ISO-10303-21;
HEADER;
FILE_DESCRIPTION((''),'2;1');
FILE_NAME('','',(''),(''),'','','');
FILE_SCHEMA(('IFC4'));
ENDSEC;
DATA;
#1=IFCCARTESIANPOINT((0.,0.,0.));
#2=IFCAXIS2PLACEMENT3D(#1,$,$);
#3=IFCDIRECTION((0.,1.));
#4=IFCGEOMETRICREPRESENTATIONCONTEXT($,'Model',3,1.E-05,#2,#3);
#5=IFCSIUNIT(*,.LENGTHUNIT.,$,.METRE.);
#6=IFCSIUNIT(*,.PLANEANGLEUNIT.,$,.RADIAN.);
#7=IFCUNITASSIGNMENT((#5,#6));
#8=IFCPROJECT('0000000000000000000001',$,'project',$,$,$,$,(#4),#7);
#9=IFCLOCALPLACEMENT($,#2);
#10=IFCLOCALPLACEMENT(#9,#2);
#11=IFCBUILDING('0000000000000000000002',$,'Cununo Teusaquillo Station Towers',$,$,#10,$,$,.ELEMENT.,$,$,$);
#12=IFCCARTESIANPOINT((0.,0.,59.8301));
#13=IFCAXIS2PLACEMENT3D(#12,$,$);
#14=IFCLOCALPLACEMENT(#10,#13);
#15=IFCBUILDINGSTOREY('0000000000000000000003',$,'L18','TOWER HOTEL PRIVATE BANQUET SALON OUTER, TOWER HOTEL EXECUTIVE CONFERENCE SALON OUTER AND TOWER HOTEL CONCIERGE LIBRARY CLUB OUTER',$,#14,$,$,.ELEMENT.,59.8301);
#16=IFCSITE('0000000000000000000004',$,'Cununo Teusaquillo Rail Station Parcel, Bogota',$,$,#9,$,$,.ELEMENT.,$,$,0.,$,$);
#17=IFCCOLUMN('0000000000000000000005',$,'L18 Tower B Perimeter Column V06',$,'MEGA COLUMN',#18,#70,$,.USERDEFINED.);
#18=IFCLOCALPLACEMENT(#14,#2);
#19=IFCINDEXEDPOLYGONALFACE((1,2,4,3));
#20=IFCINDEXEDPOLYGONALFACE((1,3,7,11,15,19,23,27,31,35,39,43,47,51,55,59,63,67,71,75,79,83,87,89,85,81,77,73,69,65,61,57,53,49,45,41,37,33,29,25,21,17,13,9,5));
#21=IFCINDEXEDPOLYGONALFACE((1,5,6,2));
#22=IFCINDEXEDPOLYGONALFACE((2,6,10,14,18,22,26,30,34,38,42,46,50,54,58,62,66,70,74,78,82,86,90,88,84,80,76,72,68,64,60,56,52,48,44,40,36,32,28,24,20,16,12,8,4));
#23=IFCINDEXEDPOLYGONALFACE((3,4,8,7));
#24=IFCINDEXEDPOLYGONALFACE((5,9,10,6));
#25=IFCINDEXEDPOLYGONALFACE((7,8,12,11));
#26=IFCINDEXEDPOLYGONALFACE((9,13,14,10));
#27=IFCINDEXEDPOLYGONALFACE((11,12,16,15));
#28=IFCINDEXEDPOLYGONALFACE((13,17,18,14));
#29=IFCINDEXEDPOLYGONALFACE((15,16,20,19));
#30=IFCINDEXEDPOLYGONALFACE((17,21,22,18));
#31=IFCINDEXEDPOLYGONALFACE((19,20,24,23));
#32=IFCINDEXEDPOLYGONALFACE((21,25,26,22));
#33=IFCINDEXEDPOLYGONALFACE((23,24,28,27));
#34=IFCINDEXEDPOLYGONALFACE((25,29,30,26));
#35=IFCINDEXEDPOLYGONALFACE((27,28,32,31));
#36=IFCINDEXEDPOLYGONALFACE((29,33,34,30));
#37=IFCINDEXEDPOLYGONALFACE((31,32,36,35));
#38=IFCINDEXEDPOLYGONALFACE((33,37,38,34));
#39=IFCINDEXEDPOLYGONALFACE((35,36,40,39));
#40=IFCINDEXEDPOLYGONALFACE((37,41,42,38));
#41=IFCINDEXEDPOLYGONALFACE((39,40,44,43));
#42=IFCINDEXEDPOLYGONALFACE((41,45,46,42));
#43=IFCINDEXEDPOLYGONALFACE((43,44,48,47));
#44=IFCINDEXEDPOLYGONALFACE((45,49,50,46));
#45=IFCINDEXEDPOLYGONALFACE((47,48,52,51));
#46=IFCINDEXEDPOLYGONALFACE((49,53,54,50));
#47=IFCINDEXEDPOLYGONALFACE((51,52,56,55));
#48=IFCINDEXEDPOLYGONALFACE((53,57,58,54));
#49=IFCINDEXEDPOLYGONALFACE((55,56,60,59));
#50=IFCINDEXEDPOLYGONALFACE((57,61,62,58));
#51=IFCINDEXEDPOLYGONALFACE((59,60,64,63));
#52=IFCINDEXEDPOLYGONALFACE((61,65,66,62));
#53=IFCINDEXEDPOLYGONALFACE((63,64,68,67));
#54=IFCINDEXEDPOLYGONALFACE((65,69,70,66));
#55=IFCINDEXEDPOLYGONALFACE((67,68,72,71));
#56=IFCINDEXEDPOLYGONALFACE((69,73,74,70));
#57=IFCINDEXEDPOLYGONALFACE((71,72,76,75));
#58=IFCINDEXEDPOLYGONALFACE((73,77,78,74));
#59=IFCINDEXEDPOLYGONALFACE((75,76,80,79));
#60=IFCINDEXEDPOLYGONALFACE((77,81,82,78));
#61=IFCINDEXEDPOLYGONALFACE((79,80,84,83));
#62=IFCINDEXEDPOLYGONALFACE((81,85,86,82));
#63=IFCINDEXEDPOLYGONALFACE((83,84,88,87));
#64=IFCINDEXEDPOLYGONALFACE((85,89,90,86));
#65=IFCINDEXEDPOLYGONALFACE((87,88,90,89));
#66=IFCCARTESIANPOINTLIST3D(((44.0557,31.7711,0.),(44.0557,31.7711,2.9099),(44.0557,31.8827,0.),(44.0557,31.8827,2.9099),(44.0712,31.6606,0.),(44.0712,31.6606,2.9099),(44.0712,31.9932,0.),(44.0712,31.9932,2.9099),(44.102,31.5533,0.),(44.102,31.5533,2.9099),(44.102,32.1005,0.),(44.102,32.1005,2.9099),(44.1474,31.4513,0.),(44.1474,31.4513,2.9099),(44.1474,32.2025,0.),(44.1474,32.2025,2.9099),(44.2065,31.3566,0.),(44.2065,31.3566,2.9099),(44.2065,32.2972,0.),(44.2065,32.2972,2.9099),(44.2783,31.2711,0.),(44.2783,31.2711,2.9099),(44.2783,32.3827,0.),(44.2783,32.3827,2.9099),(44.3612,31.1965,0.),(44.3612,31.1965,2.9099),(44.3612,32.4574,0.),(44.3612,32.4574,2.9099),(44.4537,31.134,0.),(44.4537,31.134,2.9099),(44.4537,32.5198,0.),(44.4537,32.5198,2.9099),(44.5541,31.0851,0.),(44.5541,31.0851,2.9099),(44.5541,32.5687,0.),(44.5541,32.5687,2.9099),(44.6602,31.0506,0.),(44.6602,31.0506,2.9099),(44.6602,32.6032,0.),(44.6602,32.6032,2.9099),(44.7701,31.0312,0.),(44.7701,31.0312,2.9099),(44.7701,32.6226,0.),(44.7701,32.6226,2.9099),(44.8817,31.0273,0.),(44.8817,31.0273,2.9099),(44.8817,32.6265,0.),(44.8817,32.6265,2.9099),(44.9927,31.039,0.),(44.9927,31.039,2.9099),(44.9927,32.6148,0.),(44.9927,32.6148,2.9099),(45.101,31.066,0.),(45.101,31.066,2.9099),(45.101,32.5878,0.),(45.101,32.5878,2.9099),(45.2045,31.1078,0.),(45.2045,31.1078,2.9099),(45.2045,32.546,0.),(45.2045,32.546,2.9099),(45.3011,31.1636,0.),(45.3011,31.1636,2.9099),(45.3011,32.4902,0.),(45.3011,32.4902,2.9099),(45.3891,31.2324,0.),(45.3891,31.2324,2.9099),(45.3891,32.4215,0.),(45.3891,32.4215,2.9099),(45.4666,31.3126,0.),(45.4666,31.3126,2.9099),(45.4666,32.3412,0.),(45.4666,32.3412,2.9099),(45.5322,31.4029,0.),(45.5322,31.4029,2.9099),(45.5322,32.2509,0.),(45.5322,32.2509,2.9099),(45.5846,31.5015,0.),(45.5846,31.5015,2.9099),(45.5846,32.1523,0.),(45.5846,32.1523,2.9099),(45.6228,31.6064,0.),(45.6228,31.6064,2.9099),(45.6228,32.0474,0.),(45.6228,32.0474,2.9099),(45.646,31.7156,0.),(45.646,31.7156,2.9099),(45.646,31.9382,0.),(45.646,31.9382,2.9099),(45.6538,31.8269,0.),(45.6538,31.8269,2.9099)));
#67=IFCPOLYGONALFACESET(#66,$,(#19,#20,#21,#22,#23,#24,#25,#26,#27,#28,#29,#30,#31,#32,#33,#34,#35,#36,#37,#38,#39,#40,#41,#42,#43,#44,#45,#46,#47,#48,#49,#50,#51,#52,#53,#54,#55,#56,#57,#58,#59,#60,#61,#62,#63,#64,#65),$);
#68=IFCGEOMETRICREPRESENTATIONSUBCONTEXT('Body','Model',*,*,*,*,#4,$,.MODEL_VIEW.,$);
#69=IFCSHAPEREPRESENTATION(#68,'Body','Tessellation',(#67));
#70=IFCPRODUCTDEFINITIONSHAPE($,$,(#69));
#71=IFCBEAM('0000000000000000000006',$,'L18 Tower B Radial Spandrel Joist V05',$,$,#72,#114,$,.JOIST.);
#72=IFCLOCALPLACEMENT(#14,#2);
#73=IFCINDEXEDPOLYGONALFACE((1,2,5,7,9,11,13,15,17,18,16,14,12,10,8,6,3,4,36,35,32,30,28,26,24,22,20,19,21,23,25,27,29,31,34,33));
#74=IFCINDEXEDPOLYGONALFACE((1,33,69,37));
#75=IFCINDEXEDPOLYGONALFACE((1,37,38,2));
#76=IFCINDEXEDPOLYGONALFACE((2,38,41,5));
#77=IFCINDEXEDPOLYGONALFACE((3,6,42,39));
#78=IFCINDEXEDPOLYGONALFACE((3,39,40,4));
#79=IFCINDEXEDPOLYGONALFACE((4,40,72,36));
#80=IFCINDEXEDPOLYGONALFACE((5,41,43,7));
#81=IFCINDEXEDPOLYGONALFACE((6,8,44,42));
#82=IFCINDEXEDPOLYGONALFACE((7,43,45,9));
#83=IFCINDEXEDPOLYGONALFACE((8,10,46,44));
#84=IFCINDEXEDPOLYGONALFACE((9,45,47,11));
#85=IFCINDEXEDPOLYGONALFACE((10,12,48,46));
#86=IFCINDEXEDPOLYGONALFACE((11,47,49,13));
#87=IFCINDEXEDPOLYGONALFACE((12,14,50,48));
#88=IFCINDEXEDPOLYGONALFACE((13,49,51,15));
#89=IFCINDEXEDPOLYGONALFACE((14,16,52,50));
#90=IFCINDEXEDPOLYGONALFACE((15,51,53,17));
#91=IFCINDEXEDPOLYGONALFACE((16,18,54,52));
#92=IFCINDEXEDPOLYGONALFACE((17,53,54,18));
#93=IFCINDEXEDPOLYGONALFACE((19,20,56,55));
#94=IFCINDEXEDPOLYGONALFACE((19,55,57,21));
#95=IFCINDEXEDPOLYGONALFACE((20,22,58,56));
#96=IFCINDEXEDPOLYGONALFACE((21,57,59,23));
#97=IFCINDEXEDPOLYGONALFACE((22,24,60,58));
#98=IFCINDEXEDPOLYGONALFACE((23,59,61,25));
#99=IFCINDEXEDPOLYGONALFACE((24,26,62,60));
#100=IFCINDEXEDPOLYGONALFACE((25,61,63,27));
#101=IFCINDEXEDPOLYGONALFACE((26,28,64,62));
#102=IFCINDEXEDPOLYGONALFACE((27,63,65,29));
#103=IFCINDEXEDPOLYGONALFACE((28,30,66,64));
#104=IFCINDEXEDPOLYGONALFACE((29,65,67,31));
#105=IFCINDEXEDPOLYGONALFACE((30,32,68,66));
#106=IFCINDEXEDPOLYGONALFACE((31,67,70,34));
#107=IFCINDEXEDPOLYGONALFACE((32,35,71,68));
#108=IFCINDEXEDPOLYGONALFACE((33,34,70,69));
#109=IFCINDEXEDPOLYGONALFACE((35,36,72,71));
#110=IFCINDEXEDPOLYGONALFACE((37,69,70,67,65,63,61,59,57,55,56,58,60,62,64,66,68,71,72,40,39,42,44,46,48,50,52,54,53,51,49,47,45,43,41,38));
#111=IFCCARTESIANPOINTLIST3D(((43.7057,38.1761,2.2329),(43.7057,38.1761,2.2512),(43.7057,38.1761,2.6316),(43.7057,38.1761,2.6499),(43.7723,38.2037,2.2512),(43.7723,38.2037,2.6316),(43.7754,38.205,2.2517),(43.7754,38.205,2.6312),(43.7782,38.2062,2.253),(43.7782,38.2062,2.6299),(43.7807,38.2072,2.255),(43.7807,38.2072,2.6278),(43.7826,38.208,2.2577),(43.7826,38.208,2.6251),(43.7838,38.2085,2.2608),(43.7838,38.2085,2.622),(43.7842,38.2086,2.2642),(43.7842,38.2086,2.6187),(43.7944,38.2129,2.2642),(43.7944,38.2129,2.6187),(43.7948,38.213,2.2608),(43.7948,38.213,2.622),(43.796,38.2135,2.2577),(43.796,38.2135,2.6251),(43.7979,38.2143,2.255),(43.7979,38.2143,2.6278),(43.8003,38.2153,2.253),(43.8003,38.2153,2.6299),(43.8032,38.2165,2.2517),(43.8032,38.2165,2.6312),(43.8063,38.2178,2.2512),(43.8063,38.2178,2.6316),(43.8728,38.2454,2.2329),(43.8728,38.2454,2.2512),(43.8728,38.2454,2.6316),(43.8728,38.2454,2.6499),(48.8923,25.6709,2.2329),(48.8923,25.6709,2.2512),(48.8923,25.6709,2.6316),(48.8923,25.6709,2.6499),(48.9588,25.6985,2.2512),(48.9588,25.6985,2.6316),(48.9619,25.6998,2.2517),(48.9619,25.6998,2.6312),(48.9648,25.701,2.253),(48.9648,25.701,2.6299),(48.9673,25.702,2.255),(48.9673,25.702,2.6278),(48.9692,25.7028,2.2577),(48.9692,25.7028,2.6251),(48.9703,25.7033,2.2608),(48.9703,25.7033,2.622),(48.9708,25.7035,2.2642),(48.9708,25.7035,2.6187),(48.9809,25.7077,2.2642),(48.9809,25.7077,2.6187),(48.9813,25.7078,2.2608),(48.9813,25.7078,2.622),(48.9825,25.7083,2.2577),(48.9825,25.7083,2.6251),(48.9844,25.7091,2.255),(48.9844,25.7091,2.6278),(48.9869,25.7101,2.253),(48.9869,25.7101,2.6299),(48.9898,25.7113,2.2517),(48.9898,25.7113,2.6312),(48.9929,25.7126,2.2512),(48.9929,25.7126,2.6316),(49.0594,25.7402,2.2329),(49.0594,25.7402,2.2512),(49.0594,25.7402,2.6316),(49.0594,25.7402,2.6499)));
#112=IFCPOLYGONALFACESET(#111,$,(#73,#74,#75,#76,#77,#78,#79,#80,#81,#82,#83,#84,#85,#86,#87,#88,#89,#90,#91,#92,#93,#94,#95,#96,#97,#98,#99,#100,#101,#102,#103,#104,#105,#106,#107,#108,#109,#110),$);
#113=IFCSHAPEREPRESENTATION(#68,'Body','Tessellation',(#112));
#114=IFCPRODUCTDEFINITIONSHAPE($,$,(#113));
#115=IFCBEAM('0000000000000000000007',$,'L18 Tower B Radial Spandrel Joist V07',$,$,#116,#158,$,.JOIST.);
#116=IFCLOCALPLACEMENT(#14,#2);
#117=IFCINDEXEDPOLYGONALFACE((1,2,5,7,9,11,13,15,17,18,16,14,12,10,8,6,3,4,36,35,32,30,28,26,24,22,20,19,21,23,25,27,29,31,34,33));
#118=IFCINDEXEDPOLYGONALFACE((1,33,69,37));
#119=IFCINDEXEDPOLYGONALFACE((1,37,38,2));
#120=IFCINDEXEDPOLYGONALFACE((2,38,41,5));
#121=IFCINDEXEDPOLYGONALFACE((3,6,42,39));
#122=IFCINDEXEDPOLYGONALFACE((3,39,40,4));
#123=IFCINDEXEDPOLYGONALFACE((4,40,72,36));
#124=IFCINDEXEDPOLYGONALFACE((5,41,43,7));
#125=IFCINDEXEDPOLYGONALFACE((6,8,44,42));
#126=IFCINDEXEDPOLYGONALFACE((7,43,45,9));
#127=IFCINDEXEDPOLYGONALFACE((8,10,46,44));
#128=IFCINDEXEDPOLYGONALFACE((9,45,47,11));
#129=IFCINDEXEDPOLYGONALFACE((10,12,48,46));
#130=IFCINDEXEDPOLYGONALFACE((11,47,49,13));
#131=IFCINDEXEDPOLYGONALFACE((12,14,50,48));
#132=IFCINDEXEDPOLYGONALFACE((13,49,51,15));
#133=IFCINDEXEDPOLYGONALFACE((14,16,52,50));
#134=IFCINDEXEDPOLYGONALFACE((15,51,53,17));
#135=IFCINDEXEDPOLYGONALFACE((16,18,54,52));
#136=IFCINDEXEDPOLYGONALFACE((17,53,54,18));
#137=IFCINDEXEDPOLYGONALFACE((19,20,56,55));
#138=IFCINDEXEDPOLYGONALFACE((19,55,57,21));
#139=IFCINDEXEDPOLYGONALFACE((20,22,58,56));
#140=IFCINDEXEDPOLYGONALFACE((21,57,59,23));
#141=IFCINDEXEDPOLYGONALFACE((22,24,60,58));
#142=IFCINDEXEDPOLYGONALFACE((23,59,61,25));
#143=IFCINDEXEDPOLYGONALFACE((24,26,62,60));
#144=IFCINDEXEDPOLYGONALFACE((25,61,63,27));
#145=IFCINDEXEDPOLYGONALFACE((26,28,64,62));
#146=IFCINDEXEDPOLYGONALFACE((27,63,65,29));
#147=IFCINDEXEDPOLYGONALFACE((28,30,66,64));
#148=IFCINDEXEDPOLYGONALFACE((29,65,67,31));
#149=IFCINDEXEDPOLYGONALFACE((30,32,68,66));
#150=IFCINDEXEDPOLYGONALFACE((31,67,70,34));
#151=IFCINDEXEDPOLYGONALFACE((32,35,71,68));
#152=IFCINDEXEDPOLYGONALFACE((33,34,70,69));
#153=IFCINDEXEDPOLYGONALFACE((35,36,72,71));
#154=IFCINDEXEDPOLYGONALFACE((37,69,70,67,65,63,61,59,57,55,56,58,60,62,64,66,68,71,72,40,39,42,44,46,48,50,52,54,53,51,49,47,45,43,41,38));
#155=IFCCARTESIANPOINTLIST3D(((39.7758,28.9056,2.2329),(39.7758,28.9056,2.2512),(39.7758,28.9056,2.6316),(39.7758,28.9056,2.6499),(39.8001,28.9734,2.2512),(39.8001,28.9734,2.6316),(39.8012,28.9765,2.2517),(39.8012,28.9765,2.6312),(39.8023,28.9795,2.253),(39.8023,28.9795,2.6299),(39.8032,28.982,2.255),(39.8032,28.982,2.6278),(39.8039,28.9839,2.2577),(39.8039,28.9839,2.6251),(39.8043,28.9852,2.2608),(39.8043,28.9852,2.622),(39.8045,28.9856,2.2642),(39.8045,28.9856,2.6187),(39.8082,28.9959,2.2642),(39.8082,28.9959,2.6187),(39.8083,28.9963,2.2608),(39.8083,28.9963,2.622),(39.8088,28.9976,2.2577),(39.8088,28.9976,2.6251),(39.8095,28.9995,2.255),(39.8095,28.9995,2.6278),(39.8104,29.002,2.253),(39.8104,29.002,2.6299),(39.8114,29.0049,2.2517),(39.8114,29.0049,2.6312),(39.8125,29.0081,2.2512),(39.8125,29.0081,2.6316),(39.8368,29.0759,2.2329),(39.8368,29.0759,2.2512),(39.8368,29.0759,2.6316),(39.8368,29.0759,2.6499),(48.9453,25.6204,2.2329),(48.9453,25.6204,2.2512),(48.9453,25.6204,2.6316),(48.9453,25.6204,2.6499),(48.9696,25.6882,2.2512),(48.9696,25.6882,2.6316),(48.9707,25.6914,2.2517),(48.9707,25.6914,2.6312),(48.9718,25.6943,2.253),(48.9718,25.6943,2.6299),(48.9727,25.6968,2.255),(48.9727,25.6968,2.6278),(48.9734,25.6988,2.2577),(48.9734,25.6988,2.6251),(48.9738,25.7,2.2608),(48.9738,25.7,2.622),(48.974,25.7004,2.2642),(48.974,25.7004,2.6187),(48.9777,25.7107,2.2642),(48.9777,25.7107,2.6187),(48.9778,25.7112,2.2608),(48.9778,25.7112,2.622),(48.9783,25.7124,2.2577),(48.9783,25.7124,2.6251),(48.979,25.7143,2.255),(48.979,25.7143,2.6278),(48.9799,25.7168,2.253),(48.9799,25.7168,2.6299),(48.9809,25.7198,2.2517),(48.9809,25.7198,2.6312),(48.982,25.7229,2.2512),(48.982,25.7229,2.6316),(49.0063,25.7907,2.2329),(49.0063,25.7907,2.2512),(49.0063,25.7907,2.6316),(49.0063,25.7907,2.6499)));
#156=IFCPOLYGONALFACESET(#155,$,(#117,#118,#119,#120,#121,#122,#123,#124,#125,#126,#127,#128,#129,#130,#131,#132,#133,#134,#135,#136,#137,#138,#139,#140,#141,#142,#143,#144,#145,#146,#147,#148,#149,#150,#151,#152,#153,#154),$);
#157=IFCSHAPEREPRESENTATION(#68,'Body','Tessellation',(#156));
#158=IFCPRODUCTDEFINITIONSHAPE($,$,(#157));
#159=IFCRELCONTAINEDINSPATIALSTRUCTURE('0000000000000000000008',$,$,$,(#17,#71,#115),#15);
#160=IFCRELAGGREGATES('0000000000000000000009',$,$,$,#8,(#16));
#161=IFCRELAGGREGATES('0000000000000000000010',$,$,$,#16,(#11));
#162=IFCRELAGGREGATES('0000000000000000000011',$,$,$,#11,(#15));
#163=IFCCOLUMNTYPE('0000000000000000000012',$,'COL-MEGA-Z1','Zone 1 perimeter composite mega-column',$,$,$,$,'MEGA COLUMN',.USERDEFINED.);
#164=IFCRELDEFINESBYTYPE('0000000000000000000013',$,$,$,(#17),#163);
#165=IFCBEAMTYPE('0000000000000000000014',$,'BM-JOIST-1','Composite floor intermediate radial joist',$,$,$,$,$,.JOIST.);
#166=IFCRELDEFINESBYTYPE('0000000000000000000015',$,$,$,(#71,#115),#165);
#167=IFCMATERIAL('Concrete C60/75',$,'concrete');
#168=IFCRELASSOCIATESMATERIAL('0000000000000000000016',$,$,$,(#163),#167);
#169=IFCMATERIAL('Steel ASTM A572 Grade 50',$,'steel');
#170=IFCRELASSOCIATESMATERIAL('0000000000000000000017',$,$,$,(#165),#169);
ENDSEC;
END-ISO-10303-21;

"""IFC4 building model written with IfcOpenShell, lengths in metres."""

from ifc_helpers import new_model, si_unit, direction, frame, origin, origin_2d, place, context, subcontext, project, spatial, circle, i_section, extrude, material, material_profile, profile_set, type_object, element, save


model = new_model("IFC4")

# Units and contexts
model_context = context("Model", 3, precision=1e-05, world=origin(), true_north=direction((0.0, 1.0)))
body_context = subcontext(model_context, "Body", "Model", "MODEL_VIEW")
ifc_project = project(units=[si_unit("LENGTHUNIT", "METRE"), si_unit("PLANEANGLEUNIT", "RADIAN")], contexts=[model_context])

# Site, building, storey
site_placement = place(None, origin())
site = spatial("IfcSite", under=ifc_project, at=site_placement, Name="Cununo Teusaquillo Rail Station Parcel, Bogota", CompositionType="ELEMENT", RefElevation=0.0)
building_placement = place(site_placement, origin())
building = spatial("IfcBuilding", under=site, at=building_placement, Name="Cununo Teusaquillo Station Towers", CompositionType="ELEMENT")
storey_placement = place(building_placement, frame((0.0, 0.0, 59.8301)))
storey = spatial("IfcBuildingStorey", under=building, at=storey_placement, Name="L18", Description="TOWER HOTEL PRIVATE BANQUET SALON OUTER, TOWER HOTEL EXECUTIVE CONFERENCE SALON OUTER AND TOWER HOTEL CONCIERGE LIBRARY CLUB OUTER", CompositionType="ELEMENT", Elevation=59.8301)

# Column
ifc_material_1 = material(Name="Concrete C60/75", Category="concrete")
ifc_material_profile_1 = material_profile(ifc_material_1, circle(Radius=0.8, at=origin_2d()), Name="RC-CIRC-1600")
ifc_profile_set_1 = profile_set([ifc_material_profile_1], Name="Concrete C60/75")
column_type = type_object("IfcColumnType", Name="COL-MEGA-Z1", Description="Zone 1 perimeter composite mega-column", ElementType="MEGA COLUMN", PredefinedType="USERDEFINED", material=ifc_profile_set_1)
column_placement = place(storey_placement, frame((44.8538, 31.8269, 0.0), z_axis=(0.0, 0.0, 1.0), x_axis=(1.0, 0.0, 0.0)))
element("IfcColumn", 1, at=column_placement, inside=storey, type_object=column_type, Name="L18 Tower B Perimeter Column V06", ObjectType="MEGA COLUMN", PredefinedType="USERDEFINED", context=body_context, shape_type="SweptSolid", body=[
    extrude(circle(Radius=0.8, at=origin_2d()), origin(), (0.0, 0.0, 1.0), 2.9099),
])

# Beams
ifc_material_2 = material(Name="Steel ASTM A572 Grade 50", Category="steel")
ifc_material_profile_2 = material_profile(ifc_material_2, i_section(OverallWidth=0.1809, OverallDepth=0.417, WebThickness=0.011, FlangeThickness=0.0183, FilletRadius=0.0129, at=origin_2d()), Name="W16X57")
ifc_profile_set_2 = profile_set([ifc_material_profile_2], Name="Steel ASTM A572 Grade 50")
beam_type_1 = type_object("IfcBeamType", Name="BM-JOIST-1", Description="Composite floor intermediate radial joist", PredefinedType="JOIST", material=ifc_profile_set_2)
beam_1_placement = place(storey_placement, frame((48.9758, 25.7056, 2.4414), z_axis=(-0.383108, 0.923704, 0.0), x_axis=(-0.923704, -0.383108, 0.0)))
element("IfcBeam", 2, at=beam_1_placement, inside=storey, type_object=beam_type_1, Name="L18 Tower B Radial Spandrel Joist V05", PredefinedType="JOIST", context=body_context, shape_type="SweptSolid", body=[
    extrude(i_section(OverallWidth=0.1809, OverallDepth=0.417, WebThickness=0.011, FlangeThickness=0.0183, FilletRadius=0.0129, at=origin_2d()), origin(), (0.0, 0.0, 1.0), 13.5381),
])
beam_2_placement = place(storey_placement, frame((48.9758, 25.7056, 2.4414), z_axis=(-0.941405, 0.337279, 0.0), x_axis=(-0.337279, -0.941405, 0.0)))
element("IfcBeam", 3, at=beam_2_placement, inside=storey, type_object=beam_type_1, Name="L18 Tower B Radial Spandrel Joist V07", PredefinedType="JOIST", context=body_context, shape_type="SweptSolid", body=[
    extrude(i_section(OverallWidth=0.1809, OverallDepth=0.417, WebThickness=0.011, FlangeThickness=0.0183, FilletRadius=0.0129, at=origin_2d()), origin(), (0.0, 0.0, 1.0), 9.7402),
])

save(model, "model.ifc")
